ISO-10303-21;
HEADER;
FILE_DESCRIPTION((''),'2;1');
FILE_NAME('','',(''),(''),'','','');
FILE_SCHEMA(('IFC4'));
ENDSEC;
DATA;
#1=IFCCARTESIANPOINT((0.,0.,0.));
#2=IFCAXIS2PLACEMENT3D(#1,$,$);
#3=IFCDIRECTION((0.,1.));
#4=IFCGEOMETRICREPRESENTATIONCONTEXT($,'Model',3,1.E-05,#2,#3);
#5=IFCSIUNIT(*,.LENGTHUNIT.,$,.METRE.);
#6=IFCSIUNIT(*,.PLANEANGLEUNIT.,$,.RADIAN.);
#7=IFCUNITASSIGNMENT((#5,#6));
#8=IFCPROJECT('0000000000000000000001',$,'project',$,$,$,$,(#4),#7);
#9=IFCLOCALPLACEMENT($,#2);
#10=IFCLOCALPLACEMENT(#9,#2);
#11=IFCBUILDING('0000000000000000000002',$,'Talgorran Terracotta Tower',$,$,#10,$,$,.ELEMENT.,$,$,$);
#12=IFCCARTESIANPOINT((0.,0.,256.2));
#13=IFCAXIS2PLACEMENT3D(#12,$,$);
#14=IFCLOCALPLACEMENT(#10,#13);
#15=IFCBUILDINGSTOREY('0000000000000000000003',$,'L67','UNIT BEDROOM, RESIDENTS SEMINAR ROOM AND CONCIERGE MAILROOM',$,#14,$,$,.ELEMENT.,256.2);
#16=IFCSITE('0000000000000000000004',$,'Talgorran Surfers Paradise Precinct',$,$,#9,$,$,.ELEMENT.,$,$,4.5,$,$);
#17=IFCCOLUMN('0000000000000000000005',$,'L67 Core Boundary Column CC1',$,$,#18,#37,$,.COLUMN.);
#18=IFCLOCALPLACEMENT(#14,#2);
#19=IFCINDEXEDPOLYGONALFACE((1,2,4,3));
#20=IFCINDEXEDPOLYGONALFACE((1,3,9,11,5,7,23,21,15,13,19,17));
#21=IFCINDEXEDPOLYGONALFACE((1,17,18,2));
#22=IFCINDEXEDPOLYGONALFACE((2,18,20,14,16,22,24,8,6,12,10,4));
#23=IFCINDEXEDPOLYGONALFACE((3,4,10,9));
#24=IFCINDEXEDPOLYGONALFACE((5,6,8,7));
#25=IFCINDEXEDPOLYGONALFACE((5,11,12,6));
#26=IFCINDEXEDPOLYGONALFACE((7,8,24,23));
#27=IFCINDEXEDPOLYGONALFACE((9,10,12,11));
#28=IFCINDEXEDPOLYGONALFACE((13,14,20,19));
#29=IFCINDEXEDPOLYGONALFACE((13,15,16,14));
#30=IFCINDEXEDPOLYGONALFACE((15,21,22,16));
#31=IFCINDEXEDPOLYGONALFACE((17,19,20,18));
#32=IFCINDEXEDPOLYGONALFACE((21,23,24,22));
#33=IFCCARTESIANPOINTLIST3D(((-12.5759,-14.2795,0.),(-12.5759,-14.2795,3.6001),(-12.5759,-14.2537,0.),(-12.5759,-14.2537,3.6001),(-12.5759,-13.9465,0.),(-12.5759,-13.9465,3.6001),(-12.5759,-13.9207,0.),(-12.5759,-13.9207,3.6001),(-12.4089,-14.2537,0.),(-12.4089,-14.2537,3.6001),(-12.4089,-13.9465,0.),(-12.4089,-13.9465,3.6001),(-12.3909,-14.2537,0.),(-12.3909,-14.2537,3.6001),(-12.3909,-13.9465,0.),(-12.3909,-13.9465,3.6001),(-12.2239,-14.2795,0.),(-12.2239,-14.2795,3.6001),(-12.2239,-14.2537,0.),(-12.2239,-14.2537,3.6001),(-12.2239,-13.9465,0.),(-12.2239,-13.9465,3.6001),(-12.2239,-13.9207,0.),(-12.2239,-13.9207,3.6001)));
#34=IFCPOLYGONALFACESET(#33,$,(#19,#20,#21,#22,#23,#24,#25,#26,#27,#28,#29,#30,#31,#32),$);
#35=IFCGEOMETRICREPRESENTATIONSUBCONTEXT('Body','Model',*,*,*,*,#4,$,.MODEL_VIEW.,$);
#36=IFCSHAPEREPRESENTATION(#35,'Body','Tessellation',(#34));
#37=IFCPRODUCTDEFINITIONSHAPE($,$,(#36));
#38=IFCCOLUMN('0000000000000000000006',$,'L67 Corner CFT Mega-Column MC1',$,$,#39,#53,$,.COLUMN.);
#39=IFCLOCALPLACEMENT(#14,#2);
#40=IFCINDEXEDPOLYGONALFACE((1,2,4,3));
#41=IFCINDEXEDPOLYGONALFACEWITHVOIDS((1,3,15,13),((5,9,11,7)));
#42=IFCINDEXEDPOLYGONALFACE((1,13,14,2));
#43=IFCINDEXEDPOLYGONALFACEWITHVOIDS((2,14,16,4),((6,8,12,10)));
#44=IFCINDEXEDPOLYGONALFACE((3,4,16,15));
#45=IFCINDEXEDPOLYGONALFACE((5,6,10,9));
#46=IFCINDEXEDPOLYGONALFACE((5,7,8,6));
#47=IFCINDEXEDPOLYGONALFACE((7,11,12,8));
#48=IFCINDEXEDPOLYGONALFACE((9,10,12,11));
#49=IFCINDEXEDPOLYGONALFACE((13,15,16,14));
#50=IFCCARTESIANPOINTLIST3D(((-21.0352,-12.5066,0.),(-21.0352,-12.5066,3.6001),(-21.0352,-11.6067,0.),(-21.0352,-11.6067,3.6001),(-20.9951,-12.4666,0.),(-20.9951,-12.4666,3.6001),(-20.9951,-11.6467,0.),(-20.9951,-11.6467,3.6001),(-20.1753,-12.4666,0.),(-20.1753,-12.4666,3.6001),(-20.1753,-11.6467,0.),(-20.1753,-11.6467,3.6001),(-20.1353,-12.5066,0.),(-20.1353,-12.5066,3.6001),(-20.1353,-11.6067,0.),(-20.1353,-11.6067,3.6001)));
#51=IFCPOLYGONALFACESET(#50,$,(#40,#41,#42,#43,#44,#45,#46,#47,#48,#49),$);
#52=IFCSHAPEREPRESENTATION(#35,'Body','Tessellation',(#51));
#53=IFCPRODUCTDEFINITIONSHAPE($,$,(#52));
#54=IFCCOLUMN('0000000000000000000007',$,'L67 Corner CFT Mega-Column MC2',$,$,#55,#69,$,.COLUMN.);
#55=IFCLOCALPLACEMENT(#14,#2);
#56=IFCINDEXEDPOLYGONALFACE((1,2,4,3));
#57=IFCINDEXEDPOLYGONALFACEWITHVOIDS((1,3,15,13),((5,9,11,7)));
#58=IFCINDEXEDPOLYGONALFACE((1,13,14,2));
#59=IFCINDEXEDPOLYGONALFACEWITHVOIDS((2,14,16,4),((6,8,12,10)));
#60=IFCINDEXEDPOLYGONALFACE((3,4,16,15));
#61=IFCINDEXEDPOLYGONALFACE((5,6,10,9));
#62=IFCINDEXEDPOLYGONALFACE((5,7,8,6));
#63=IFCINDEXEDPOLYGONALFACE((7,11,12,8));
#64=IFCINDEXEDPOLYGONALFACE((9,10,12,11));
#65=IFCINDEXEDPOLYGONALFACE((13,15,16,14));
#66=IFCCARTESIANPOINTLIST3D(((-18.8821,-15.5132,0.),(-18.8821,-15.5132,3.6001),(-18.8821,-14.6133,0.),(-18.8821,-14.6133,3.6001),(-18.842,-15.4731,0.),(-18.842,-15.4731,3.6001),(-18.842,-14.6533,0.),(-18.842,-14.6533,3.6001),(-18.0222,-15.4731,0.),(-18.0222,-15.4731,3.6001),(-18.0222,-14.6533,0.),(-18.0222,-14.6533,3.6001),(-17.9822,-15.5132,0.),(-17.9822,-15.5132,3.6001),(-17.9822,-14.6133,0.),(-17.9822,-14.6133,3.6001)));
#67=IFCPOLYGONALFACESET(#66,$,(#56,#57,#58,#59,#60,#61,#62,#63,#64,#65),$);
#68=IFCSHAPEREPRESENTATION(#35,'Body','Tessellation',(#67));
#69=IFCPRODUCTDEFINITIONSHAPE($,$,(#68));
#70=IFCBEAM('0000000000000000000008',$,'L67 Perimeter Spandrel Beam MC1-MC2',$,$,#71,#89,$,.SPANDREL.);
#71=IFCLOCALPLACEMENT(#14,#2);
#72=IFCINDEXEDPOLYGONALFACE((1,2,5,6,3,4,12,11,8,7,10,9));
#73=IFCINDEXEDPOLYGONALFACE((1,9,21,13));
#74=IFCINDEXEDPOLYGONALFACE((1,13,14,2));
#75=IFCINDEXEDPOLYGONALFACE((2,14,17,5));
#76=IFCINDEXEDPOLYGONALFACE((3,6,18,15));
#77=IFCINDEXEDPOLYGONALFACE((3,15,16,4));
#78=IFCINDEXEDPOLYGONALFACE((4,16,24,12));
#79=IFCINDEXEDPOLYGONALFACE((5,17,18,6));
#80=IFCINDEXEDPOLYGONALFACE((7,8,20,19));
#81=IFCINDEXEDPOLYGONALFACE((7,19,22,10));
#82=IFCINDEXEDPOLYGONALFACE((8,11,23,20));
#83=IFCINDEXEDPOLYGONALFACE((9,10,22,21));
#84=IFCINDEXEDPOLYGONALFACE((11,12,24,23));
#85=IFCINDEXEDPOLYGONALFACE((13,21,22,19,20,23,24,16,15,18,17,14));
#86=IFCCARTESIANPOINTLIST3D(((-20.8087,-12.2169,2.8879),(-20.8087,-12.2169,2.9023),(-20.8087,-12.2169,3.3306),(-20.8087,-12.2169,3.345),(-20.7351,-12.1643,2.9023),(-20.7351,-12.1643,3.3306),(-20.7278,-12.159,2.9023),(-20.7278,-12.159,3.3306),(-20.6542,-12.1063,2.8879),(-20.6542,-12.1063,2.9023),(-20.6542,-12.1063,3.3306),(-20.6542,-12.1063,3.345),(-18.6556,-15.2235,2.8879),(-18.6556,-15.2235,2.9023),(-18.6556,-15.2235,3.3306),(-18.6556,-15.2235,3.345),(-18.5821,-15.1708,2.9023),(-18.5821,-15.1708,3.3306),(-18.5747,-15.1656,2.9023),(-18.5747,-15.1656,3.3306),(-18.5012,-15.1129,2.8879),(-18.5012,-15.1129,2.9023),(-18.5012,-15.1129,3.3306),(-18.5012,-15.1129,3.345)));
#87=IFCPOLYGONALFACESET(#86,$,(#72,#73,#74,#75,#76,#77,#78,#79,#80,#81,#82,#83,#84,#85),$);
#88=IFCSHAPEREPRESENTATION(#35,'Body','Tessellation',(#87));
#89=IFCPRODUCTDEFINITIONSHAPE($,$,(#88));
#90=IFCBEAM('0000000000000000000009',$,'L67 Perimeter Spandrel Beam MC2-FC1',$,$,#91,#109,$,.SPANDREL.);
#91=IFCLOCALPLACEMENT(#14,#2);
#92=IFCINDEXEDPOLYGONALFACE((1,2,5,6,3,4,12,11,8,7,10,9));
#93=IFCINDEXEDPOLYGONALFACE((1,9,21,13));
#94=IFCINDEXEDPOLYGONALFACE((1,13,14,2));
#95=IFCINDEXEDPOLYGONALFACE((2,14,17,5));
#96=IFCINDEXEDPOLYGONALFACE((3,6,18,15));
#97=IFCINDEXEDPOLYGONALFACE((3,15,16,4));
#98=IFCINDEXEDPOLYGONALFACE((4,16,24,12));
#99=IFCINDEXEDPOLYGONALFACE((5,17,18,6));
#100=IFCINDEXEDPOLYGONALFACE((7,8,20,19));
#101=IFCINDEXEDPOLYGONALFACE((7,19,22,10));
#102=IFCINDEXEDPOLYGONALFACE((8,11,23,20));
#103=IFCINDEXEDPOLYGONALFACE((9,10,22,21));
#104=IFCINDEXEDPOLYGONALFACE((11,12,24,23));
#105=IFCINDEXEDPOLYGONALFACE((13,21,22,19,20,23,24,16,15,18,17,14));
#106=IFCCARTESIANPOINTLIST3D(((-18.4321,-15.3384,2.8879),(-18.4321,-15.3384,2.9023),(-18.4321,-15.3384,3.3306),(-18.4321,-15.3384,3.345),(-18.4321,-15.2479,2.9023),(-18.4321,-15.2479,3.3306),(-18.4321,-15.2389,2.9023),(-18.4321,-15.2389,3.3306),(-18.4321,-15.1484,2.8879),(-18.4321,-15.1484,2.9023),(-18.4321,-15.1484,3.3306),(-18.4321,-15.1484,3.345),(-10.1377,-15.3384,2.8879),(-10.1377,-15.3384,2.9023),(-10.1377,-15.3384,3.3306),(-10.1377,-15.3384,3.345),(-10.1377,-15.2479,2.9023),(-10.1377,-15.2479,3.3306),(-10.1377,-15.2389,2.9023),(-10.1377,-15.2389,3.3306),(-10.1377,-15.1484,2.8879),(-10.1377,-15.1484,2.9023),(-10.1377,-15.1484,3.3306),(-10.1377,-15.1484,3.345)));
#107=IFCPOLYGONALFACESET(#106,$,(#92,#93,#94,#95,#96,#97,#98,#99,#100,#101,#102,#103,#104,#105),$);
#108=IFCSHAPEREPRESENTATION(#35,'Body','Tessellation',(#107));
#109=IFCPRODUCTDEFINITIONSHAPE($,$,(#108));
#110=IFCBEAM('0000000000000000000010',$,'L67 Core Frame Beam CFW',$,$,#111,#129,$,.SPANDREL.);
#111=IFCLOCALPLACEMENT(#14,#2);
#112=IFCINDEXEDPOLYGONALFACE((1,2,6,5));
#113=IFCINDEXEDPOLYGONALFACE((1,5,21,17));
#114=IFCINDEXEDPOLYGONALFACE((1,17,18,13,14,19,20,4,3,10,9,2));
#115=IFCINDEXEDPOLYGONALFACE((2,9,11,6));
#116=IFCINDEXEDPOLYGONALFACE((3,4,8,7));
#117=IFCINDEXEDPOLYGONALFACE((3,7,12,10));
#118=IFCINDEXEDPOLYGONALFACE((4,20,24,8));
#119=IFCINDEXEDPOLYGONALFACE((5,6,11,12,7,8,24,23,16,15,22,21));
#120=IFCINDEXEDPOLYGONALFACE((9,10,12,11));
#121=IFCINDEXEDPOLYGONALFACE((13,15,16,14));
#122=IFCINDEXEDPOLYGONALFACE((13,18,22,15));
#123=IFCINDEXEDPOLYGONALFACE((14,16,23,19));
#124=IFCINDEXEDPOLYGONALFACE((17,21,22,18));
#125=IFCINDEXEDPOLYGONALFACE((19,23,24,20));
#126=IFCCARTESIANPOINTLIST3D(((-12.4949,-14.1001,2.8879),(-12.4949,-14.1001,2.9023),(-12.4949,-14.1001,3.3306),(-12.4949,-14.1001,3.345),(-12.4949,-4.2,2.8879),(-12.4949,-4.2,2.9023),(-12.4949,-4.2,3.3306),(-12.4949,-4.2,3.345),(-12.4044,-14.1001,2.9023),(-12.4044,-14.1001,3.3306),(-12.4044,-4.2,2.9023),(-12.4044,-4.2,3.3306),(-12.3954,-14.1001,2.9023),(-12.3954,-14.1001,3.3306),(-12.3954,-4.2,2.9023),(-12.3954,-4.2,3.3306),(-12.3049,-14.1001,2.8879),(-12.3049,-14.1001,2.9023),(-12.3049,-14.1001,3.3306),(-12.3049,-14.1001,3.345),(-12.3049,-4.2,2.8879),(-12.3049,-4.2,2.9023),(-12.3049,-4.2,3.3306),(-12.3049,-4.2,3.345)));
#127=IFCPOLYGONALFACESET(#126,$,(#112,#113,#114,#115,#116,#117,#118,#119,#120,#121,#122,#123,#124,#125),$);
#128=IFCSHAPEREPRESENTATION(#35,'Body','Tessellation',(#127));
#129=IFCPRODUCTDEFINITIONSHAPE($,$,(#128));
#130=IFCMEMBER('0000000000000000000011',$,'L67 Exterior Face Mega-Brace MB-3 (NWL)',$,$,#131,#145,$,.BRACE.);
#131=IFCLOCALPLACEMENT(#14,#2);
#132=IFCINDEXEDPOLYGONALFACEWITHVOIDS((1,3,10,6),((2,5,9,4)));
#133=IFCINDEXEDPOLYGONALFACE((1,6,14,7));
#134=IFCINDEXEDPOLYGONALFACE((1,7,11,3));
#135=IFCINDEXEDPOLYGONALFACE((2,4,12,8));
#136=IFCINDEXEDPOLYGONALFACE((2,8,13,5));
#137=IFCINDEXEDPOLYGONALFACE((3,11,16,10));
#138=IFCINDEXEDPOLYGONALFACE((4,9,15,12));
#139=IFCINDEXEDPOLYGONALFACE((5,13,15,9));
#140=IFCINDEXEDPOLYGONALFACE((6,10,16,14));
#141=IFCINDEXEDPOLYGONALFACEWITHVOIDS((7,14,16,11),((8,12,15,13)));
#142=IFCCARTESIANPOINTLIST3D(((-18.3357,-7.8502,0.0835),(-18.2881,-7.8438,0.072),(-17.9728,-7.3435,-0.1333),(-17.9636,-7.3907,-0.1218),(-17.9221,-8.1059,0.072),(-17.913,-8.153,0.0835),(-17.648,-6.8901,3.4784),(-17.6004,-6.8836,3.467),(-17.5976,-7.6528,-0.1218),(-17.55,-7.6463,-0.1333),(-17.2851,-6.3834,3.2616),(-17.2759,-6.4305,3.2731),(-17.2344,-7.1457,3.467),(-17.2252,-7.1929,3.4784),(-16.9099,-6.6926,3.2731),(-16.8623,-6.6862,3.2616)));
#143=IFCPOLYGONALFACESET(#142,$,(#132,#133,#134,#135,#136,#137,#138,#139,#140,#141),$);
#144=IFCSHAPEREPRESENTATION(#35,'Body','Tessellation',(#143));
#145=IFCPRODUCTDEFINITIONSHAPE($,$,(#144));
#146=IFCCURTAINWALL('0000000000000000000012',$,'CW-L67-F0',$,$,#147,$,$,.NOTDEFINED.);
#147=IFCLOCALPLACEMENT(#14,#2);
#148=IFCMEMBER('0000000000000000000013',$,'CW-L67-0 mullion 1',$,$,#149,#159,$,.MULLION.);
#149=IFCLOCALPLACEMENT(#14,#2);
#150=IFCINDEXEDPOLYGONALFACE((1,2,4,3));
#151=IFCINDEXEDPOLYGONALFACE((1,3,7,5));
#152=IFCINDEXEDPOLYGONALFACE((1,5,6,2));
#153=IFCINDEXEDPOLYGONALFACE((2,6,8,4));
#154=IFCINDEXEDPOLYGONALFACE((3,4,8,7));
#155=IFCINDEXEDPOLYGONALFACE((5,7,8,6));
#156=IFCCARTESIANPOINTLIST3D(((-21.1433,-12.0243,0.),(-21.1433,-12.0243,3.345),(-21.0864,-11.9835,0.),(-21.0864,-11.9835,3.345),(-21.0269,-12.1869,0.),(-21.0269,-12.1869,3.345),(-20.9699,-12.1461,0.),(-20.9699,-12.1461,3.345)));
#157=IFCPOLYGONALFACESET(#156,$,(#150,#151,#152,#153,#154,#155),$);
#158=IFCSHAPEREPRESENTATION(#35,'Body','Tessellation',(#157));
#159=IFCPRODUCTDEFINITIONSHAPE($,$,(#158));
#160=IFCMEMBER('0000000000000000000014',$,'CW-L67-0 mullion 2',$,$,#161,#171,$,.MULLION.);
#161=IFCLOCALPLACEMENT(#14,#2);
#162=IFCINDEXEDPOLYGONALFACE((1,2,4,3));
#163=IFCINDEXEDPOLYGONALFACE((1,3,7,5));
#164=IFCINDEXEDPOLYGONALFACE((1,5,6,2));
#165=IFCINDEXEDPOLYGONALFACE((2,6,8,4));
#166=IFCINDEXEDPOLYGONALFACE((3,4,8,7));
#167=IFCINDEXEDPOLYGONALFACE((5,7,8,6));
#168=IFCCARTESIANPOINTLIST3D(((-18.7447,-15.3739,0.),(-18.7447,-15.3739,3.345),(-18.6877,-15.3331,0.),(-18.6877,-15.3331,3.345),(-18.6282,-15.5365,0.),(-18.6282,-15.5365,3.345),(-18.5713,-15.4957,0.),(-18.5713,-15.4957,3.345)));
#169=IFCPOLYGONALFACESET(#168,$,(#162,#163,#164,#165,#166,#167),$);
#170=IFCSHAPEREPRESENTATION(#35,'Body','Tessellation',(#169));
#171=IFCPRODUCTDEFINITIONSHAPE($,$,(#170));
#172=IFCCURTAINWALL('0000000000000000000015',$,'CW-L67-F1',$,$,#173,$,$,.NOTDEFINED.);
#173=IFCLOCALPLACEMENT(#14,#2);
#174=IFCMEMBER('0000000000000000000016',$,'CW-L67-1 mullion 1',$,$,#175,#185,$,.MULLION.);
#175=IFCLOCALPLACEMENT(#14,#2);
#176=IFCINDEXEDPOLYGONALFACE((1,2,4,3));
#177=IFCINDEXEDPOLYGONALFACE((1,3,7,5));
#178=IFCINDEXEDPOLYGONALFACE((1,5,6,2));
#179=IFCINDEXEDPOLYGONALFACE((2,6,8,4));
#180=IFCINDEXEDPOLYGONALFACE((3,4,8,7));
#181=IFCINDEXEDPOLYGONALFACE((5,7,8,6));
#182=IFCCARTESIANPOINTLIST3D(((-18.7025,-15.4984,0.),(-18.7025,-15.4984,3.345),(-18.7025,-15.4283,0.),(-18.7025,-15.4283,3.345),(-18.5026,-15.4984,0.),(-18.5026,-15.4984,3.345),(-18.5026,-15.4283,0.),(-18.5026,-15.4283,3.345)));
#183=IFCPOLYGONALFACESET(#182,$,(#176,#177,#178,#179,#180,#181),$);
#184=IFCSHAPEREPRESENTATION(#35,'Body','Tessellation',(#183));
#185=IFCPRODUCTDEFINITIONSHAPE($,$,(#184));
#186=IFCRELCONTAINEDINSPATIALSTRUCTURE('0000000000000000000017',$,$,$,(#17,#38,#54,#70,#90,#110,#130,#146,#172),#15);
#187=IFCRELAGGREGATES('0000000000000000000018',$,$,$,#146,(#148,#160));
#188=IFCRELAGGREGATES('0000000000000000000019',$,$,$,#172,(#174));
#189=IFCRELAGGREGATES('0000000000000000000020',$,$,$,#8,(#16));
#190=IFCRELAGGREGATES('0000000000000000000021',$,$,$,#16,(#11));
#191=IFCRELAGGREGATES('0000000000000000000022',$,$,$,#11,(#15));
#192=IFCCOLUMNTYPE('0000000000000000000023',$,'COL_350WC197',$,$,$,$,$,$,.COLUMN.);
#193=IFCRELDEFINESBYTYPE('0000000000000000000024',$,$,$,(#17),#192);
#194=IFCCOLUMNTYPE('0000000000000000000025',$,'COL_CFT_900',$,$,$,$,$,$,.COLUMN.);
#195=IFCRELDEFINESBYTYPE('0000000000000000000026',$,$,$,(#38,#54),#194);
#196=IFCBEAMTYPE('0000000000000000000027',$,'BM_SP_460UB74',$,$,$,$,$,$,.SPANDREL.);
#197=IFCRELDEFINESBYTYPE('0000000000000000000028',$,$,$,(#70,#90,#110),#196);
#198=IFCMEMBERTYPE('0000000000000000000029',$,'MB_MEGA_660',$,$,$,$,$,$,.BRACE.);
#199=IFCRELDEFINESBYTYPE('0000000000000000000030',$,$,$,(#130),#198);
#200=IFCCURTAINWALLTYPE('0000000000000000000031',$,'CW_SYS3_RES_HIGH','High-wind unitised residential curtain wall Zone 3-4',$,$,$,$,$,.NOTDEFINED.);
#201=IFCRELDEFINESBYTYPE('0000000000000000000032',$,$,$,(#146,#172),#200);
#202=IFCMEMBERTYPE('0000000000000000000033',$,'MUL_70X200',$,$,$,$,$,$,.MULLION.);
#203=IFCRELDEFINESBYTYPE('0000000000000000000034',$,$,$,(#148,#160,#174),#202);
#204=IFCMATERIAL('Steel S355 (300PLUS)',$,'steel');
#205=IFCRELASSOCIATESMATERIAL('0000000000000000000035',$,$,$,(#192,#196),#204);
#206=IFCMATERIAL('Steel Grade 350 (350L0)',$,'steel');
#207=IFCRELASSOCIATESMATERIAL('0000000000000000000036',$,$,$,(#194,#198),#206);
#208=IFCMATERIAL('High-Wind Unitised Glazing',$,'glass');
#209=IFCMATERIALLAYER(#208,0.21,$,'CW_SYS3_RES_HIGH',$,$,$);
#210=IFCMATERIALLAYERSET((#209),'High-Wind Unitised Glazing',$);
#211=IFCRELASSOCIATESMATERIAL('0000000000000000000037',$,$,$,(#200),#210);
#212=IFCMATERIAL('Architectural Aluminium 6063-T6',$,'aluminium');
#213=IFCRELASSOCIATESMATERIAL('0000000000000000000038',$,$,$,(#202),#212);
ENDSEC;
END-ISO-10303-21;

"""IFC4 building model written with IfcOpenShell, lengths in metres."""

from ifc_helpers import new_model, si_unit, direction, frame, origin, origin_2d, place, context, subcontext, project, spatial, rectangle, hollow_rectangle, i_section, extrude, material, layer, layer_set, material_profile, profile_set, type_object, element, aggregate, save


model = new_model("IFC4")

# Units and contexts
model_context = context("Model", 3, precision=1e-05, world=origin(), true_north=direction((0.0, 1.0)))
body_context = subcontext(model_context, "Body", "Model", "MODEL_VIEW")
ifc_project = project(units=[si_unit("LENGTHUNIT", "METRE"), si_unit("PLANEANGLEUNIT", "RADIAN")], contexts=[model_context])

# Site, building, storey
site_placement = place(None, origin())
site = spatial("IfcSite", under=ifc_project, at=site_placement, Name="Talgorran Surfers Paradise Precinct", CompositionType="ELEMENT", RefElevation=4.5)
building_placement = place(site_placement, origin())
building = spatial("IfcBuilding", under=site, at=building_placement, Name="Talgorran Terracotta Tower", CompositionType="ELEMENT")
storey_placement = place(building_placement, frame((0.0, 0.0, 256.2)))
storey = spatial("IfcBuildingStorey", under=building, at=storey_placement, Name="L67", Description="UNIT BEDROOM, RESIDENTS SEMINAR ROOM AND CONCIERGE MAILROOM", CompositionType="ELEMENT", Elevation=256.2)

# Columns
ifc_material_1 = material(Name="Steel S355 (300PLUS)", Category="steel")
ifc_material_profile_1 = material_profile(ifc_material_1, i_section(OverallWidth=0.3521, OverallDepth=0.3589, WebThickness=0.0181, FlangeThickness=0.0259, at=origin_2d()), Name="350WC197")
ifc_profile_set_1 = profile_set([ifc_material_profile_1], Name="Steel S355 (300PLUS)")
column_type_1 = type_object("IfcColumnType", Name="COL_350WC197", PredefinedType="COLUMN", material=ifc_profile_set_1)
column_placement = place(storey_placement, frame((-12.3999, -14.1001, 0.0), z_axis=(0.0, 0.0, 1.0), x_axis=(1.0, 0.0, 0.0)))
element("IfcColumn", 1, at=column_placement, inside=storey, type_object=column_type_1, Name="L67 Core Boundary Column CC1", PredefinedType="COLUMN", context=body_context, shape_type="SweptSolid", body=[
    extrude(i_section(OverallWidth=0.3521, OverallDepth=0.3589, WebThickness=0.0181, FlangeThickness=0.0259, at=origin_2d()), origin(), (0.0, 0.0, 1.0), 3.6001),
])
ifc_material_2 = material(Name="Steel Grade 350 (350L0)", Category="steel")
ifc_material_profile_2 = material_profile(ifc_material_2, hollow_rectangle(XDim=0.8999, YDim=0.8999, WallThickness=0.04, at=origin_2d()), Name="CFT900X900X40")
ifc_profile_set_2 = profile_set([ifc_material_profile_2], Name="Steel Grade 350 (350L0)")
column_type_2 = type_object("IfcColumnType", Name="COL_CFT_900", PredefinedType="COLUMN", material=ifc_profile_set_2)
for number, where, z_axis, x_axis, name in (
    (2, (-20.5852, -12.0566, 0.0), (0.0, 0.0, 1.0), (1.0, 0.0, 0.0), "L67 Corner CFT Mega-Column MC1"),
    (3, (-18.4321, -15.0632, 0.0), (0.0, 0.0, 1.0), (1.0, 0.0, 0.0), "L67 Corner CFT Mega-Column MC2"),
):
    element("IfcColumn", number, at=place(storey_placement, frame(where, z_axis=z_axis, x_axis=x_axis)), inside=storey, type_object=column_type_2, Name=name, PredefinedType="COLUMN", context=body_context, shape_type="SweptSolid", body=[
        extrude(hollow_rectangle(XDim=0.8999, YDim=0.8999, WallThickness=0.04, at=origin_2d()), origin(), (0.0, 0.0, 1.0), 3.6001),
    ])

# Beams
ifc_material_profile_3 = material_profile(ifc_material_1, i_section(OverallWidth=0.1899, OverallDepth=0.457, WebThickness=0.009, FlangeThickness=0.0144, at=origin_2d()), Name="460UB74.6")
ifc_profile_set_3 = profile_set([ifc_material_profile_3], Name="Steel S355 (300PLUS)")
beam_type = type_object("IfcBeamType", Name="BM_SP_460UB74", PredefinedType="SPANDREL", material=ifc_profile_set_3)
beam_1_placement = place(storey_placement, frame((-20.7314, -12.1616, 3.1165), z_axis=(0.582224, -0.813028, 0.0), x_axis=(0.813028, 0.582224, 0.0)))
element("IfcBeam", 4, at=beam_1_placement, inside=storey, type_object=beam_type, Name="L67 Perimeter Spandrel Beam MC1-MC2", PredefinedType="SPANDREL", context=body_context, shape_type="SweptSolid", body=[
    extrude(i_section(OverallWidth=0.1899, OverallDepth=0.457, WebThickness=0.009, FlangeThickness=0.0144, at=origin_2d()), origin(), (0.0, 0.0, 1.0), 3.698),
])
beam_2_placement = place(storey_placement, frame((-18.4321, -15.2434, 3.1165), z_axis=(1.0, 0.0, 0.0), x_axis=(0.0, 1.0, 0.0)))
element("IfcBeam", 5, at=beam_2_placement, inside=storey, type_object=beam_type, Name="L67 Perimeter Spandrel Beam MC2-FC1", PredefinedType="SPANDREL", context=body_context, shape_type="SweptSolid", body=[
    extrude(i_section(OverallWidth=0.1899, OverallDepth=0.457, WebThickness=0.009, FlangeThickness=0.0144, at=origin_2d()), origin(), (0.0, 0.0, 1.0), 8.2944),
])
beam_3_placement = place(storey_placement, frame((-12.3999, -14.1001, 3.1165), z_axis=(0.0, 1.0, 0.0), x_axis=(-1.0, 0.0, 0.0)))
element("IfcBeam", 6, at=beam_3_placement, inside=storey, type_object=beam_type, Name="L67 Core Frame Beam CFW", PredefinedType="SPANDREL", context=body_context, shape_type="SweptSolid", body=[
    extrude(i_section(OverallWidth=0.1899, OverallDepth=0.457, WebThickness=0.009, FlangeThickness=0.0144, at=origin_2d()), origin(), (0.0, 0.0, 1.0), 9.9001),
])

# Member
ifc_material_profile_4 = material_profile(ifc_material_2, hollow_rectangle(XDim=0.52, YDim=0.6599, WallThickness=0.0349, at=origin_2d()), Name="WBOX660X520X35")
ifc_profile_set_4 = profile_set([ifc_material_profile_4], Name="Steel Grade 350 (350L0)")
member_type_1 = type_object("IfcMemberType", Name="MB_MEGA_660", PredefinedType="BRACE", material=ifc_profile_set_4)
member_1_placement = place(storey_placement, frame((-17.9429, -7.7483, -0.0249), z_axis=(0.191327, 0.267124, 0.944478), x_axis=(-0.812979, 0.582294, 0.0)))
element("IfcMember", 7, at=member_1_placement, inside=storey, type_object=member_type_1, Name="L67 Exterior Face Mega-Brace MB-3 (NWL)", PredefinedType="BRACE", context=body_context, shape_type="SweptSolid", body=[
    extrude(hollow_rectangle(XDim=0.52, YDim=0.6599, WallThickness=0.0349, at=origin_2d()), origin(), (0.0, 0.0, 1.0), 3.5945),
])

# Curtain wall, members
ifc_material_3 = material(Name="High-Wind Unitised Glazing", Category="glass")
ifc_layer_1 = layer(ifc_material_3, 0.21, Name="CW_SYS3_RES_HIGH")
ifc_layer_set_1 = layer_set([ifc_layer_1], Name="High-Wind Unitised Glazing")
curtain_wall_type = type_object("IfcCurtainWallType", Name="CW_SYS3_RES_HIGH", Description="High-wind unitised residential curtain wall Zone 3-4", PredefinedType="NOTDEFINED", material=ifc_layer_set_1)
curtain_wall_1_placement = place(storey_placement, origin())
curtain_wall_1 = element("IfcCurtainWall", 8, at=curtain_wall_1_placement, inside=storey, type_object=curtain_wall_type, Name="CW-L67-F0", PredefinedType="NOTDEFINED")
ifc_material_4 = material(Name="Architectural Aluminium 6063-T6", Category="aluminium")
ifc_material_profile_5 = material_profile(ifc_material_4, rectangle(XDim=0.0701, YDim=0.2, at=origin_2d()), Name="CWM70X200")
ifc_profile_set_5 = profile_set([ifc_material_profile_5], Name="Architectural Aluminium 6063-T6")
member_type_2 = type_object("IfcMemberType", Name="MUL_70X200", PredefinedType="MULLION", material=ifc_profile_set_5)
member_2_placement = place(storey_placement, frame((-21.0566, -12.0852, 0.0), z_axis=(0.0, 0.0, 1.0), x_axis=(0.813031, 0.58222, 0.0)))
member_2 = element("IfcMember", 9, at=member_2_placement, type_object=member_type_2, Name="CW-L67-0 mullion 1", PredefinedType="MULLION", context=body_context, shape_type="SweptSolid", body=[
    extrude(rectangle(XDim=0.0701, YDim=0.2, at=origin_2d()), origin(), (0.0, 0.0, 1.0), 3.345),
])
member_3_placement = place(storey_placement, frame((-18.658, -15.4348, 0.0), z_axis=(0.0, 0.0, 1.0), x_axis=(0.813031, 0.58222, 0.0)))
member_3 = element("IfcMember", 10, at=member_3_placement, type_object=member_type_2, Name="CW-L67-0 mullion 2", PredefinedType="MULLION", context=body_context, shape_type="SweptSolid", body=[
    extrude(rectangle(XDim=0.0701, YDim=0.2, at=origin_2d()), origin(), (0.0, 0.0, 1.0), 3.345),
])

# Curtain wall, member
curtain_wall_2_placement = place(storey_placement, origin())
curtain_wall_2 = element("IfcCurtainWall", 11, at=curtain_wall_2_placement, inside=storey, type_object=curtain_wall_type, Name="CW-L67-F1", PredefinedType="NOTDEFINED")
member_4_placement = place(storey_placement, frame((-18.6025, -15.4634, 0.0), z_axis=(0.0, 0.0, 1.0), x_axis=(0.0, 1.0, 0.0)))
member_4 = element("IfcMember", 12, at=member_4_placement, type_object=member_type_2, Name="CW-L67-1 mullion 1", PredefinedType="MULLION", context=body_context, shape_type="SweptSolid", body=[
    extrude(rectangle(XDim=0.0701, YDim=0.2, at=origin_2d()), origin(), (0.0, 0.0, 1.0), 3.345),
])

aggregate(curtain_wall_1, [member_2, member_3])
aggregate(curtain_wall_2, [member_4])

save(model, "model.ifc")
